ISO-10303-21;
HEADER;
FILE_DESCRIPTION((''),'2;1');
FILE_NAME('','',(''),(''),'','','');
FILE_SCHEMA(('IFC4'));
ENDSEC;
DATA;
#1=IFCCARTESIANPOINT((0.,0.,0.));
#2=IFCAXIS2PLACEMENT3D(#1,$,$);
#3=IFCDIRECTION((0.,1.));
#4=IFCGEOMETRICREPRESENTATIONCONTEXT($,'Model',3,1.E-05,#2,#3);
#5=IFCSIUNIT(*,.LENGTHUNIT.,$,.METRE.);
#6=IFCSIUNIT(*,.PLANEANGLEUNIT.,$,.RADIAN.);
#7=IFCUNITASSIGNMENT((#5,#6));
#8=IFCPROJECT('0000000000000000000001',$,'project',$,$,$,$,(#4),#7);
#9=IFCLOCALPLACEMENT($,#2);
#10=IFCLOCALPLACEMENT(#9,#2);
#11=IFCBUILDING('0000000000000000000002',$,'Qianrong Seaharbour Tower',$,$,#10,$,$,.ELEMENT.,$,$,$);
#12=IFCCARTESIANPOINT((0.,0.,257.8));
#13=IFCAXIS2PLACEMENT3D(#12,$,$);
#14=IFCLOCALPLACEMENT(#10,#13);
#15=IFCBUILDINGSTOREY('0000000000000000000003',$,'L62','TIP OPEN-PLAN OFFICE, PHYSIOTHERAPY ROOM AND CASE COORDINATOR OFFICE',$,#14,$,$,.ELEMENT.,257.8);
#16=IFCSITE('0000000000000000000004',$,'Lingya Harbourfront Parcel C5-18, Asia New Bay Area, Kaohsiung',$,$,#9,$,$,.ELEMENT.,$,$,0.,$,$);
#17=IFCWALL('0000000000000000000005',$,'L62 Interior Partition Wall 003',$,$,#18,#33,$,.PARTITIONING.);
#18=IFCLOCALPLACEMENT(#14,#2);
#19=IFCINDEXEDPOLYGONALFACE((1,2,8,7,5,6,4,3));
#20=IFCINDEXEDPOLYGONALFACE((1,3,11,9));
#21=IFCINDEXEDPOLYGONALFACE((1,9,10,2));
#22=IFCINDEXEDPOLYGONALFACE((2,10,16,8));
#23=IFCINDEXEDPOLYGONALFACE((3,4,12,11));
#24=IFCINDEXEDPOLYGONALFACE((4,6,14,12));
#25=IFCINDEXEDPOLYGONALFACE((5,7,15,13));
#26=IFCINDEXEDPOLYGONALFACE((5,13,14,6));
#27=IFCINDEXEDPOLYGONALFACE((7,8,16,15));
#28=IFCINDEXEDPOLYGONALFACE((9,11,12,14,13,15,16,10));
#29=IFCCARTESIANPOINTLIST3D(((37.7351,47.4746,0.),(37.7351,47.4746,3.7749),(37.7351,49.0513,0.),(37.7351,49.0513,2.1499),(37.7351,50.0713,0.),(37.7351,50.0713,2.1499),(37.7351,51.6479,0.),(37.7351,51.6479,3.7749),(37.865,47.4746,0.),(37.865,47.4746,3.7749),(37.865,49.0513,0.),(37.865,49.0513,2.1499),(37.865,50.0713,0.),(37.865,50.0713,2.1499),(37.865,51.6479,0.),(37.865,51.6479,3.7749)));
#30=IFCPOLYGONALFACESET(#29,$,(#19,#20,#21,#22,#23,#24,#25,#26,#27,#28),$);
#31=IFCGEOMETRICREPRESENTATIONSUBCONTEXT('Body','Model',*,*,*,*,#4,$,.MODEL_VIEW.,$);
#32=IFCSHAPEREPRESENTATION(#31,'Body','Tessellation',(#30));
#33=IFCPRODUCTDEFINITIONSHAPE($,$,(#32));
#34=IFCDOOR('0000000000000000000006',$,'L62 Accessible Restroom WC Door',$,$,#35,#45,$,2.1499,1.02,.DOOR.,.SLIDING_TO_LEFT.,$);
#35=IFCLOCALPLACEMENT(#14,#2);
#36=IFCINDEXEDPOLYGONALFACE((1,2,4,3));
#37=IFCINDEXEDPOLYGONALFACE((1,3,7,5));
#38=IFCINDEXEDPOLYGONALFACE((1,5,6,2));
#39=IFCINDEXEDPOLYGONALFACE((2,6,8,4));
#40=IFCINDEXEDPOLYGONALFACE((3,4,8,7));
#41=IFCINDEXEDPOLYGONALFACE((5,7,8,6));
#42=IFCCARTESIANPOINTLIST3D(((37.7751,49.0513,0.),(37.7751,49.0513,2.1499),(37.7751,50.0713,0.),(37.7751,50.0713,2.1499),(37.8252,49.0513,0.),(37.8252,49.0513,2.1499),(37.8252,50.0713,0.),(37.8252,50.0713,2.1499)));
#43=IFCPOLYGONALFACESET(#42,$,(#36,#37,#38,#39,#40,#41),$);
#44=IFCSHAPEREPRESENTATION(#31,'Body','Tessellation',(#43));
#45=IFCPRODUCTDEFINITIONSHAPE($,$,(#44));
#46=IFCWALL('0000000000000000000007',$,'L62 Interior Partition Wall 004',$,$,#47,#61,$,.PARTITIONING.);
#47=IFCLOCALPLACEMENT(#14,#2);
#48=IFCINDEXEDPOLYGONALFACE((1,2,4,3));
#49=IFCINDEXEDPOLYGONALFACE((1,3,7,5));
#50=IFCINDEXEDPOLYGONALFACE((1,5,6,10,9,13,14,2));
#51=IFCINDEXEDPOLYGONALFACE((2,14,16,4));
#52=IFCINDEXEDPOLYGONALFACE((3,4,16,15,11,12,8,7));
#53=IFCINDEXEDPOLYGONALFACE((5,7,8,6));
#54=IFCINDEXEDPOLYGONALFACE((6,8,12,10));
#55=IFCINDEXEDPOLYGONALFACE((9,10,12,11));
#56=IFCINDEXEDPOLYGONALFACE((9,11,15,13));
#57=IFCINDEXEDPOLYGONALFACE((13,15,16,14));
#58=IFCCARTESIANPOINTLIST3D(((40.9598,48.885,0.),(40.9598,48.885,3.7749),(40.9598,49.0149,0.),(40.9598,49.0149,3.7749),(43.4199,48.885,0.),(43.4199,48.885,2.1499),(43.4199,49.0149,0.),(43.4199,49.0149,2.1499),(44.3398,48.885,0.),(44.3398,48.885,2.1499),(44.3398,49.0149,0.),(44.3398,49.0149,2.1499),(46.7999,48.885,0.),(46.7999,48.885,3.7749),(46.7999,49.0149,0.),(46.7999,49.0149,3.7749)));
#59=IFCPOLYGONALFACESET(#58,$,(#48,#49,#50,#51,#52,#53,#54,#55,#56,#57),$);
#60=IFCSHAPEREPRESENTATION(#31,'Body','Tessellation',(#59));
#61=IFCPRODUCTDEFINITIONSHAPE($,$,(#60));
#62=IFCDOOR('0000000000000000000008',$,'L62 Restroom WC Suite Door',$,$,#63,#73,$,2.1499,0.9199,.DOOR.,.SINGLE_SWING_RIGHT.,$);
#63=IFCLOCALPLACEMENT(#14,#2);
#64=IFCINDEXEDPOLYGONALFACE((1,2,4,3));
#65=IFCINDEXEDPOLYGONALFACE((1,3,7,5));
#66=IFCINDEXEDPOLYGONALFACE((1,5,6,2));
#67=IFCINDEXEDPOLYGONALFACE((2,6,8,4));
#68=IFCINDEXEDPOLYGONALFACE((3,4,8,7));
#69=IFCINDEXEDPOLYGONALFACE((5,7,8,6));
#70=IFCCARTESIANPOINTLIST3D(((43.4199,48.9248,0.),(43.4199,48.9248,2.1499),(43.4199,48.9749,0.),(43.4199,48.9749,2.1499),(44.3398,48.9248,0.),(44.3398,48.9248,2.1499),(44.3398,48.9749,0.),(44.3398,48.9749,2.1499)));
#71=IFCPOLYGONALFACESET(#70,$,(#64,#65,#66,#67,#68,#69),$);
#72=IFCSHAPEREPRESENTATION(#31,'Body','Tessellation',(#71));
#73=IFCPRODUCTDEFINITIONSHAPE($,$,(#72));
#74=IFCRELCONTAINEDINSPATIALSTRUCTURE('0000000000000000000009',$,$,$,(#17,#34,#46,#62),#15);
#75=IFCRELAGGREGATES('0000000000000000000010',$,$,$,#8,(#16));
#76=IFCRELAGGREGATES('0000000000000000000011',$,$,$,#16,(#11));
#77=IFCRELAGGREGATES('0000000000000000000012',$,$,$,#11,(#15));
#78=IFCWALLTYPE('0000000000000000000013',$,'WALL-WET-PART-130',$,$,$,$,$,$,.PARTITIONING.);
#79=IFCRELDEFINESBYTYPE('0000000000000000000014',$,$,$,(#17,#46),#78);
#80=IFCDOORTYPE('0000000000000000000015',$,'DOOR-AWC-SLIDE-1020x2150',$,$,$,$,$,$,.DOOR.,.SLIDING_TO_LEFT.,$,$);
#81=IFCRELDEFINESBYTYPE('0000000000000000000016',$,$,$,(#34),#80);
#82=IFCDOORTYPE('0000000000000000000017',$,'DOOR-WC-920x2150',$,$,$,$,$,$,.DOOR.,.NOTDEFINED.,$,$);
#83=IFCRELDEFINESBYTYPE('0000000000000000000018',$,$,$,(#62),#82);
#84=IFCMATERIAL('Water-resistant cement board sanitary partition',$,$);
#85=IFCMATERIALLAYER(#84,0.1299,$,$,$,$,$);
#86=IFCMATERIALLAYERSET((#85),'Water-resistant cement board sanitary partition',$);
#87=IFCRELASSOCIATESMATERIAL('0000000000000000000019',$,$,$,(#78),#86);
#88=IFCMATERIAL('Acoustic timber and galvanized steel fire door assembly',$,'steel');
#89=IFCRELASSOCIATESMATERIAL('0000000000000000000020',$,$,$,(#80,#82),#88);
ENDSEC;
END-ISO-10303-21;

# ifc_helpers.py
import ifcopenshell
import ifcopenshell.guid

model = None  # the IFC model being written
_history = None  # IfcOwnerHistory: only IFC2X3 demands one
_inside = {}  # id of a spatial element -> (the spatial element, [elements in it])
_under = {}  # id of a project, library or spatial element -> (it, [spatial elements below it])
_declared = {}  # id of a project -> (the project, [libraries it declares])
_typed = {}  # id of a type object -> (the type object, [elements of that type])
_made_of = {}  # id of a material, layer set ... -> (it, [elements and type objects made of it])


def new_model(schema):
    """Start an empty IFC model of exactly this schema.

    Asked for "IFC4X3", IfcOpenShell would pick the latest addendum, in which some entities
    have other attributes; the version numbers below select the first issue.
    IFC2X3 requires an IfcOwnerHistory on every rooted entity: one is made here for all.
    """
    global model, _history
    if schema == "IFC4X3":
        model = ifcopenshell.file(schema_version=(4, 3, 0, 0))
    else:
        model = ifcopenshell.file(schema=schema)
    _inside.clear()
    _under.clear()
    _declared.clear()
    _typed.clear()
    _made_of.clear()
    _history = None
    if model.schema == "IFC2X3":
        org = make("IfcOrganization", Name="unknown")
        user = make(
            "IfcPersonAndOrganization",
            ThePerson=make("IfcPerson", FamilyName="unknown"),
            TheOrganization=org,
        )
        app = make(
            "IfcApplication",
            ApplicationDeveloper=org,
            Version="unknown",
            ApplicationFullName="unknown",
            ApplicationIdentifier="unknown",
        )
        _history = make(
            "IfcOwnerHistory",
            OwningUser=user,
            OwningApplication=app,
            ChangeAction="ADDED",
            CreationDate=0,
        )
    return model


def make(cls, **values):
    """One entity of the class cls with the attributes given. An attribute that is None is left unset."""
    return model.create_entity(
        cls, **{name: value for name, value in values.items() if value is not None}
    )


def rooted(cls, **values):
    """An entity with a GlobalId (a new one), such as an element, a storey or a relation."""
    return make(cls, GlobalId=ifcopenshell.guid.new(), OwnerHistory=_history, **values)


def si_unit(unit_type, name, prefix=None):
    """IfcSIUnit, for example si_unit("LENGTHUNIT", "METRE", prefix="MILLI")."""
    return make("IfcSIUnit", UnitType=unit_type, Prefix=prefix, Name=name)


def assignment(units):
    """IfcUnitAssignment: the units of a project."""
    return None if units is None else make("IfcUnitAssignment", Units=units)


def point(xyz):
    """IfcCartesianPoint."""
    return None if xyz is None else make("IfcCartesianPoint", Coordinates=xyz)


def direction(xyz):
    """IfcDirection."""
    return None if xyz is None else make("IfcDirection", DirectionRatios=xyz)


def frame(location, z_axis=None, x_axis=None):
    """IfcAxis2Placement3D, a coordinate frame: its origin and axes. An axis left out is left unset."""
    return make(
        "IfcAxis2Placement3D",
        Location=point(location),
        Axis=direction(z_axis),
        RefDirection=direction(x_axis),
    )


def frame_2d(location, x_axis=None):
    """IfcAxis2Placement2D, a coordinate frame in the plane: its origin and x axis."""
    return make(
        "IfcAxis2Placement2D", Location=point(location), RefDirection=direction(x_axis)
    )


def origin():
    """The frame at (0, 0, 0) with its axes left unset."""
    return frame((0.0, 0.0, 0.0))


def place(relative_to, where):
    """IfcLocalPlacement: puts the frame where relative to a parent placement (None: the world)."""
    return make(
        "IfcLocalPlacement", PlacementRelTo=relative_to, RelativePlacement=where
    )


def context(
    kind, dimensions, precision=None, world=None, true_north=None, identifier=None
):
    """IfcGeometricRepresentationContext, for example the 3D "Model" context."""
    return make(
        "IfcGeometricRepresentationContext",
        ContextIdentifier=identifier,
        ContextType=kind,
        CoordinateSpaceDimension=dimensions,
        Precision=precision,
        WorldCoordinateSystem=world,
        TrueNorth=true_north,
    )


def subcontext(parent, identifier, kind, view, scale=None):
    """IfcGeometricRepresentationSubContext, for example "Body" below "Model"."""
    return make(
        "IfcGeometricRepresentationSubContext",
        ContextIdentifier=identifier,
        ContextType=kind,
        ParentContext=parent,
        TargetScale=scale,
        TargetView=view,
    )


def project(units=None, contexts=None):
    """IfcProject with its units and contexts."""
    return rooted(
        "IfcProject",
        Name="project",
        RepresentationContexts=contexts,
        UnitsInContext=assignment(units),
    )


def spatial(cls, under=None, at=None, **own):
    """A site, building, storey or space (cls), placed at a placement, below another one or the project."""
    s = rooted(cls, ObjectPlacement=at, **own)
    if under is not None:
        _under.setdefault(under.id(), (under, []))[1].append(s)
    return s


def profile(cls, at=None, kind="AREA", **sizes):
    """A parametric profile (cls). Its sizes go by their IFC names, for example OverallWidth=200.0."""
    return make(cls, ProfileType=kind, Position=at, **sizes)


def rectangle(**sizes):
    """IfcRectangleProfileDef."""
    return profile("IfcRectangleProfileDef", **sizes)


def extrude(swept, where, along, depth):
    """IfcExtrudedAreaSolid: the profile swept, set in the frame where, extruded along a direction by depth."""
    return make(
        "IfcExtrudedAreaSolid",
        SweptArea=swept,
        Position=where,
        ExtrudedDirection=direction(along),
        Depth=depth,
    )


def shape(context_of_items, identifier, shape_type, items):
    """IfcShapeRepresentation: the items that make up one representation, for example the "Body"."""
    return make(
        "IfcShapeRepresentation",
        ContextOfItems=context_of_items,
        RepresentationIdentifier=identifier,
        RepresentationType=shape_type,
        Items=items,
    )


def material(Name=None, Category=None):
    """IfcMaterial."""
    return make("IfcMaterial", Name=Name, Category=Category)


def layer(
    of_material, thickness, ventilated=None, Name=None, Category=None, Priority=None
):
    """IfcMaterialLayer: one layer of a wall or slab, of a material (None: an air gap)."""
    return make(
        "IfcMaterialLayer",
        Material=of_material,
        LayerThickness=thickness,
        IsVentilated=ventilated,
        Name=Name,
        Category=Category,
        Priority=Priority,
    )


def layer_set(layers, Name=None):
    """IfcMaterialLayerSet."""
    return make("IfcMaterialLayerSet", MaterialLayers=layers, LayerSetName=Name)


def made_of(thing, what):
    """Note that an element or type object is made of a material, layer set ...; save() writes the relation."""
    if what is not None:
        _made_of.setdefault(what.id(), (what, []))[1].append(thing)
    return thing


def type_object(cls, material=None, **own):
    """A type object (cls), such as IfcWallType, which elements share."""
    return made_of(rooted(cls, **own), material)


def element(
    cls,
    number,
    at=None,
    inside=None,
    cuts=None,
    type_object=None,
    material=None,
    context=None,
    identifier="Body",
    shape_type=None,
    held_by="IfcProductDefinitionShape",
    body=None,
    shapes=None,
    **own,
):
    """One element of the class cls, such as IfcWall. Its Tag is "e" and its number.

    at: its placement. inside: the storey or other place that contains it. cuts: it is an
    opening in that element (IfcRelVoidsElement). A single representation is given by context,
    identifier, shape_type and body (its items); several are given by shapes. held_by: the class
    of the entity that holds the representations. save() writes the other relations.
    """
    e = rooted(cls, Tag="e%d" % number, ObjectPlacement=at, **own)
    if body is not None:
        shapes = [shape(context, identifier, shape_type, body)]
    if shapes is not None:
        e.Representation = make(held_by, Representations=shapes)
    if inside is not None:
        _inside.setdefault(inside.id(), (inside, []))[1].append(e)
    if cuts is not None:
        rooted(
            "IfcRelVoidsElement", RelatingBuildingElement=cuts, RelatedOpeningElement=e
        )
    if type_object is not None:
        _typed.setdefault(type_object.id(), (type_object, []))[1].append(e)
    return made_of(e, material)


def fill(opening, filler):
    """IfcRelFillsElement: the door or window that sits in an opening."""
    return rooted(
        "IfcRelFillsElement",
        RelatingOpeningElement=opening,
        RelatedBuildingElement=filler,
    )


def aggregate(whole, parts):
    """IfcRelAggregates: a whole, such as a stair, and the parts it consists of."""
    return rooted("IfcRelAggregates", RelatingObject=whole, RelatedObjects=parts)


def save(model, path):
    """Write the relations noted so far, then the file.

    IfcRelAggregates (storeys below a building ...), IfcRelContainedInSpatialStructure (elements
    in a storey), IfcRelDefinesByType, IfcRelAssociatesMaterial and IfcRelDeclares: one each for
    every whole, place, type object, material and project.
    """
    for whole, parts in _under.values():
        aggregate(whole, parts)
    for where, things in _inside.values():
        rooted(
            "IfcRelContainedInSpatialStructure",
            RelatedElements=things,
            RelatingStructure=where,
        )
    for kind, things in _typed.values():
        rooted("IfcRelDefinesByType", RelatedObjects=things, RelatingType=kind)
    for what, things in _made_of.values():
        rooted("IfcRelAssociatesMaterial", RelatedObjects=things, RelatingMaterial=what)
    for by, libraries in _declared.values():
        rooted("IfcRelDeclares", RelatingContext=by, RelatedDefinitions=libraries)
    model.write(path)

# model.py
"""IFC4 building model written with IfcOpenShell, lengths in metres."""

from ifc_helpers import new_model, si_unit, direction, frame, frame_2d, origin, place, context, subcontext, project, spatial, rectangle, extrude, material, layer, layer_set, type_object, element, fill, save


model = new_model("IFC4")

# Units and contexts
model_context = context("Model", 3, precision=1e-05, world=origin(), true_north=direction((0.0, 1.0)))
body_context = subcontext(model_context, "Body", "Model", "MODEL_VIEW")
ifc_project = project(units=[si_unit("LENGTHUNIT", "METRE"), si_unit("PLANEANGLEUNIT", "RADIAN")], contexts=[model_context])

# Site, building, storey
site_placement = place(None, origin())
site = spatial("IfcSite", under=ifc_project, at=site_placement, Name="Lingya Harbourfront Parcel C5-18, Asia New Bay Area, Kaohsiung", CompositionType="ELEMENT", RefElevation=0.0)
building_placement = place(site_placement, origin())
building = spatial("IfcBuilding", under=site, at=building_placement, Name="Qianrong Seaharbour Tower", CompositionType="ELEMENT")
storey_placement = place(building_placement, frame((0.0, 0.0, 257.8)))
storey = spatial("IfcBuildingStorey", under=building, at=storey_placement, Name="L62", Description="TIP OPEN-PLAN OFFICE, PHYSIOTHERAPY ROOM AND CASE COORDINATOR OFFICE", CompositionType="ELEMENT", Elevation=257.8)

# Shared definitions
ifc_material_1 = material(Name="Acoustic timber and galvanized steel fire door assembly", Category="steel")

# Walls, openings, doors
ifc_material_2 = material(Name="Water-resistant cement board sanitary partition")
ifc_layer_1 = layer(ifc_material_2, 0.1299)
ifc_layer_set_1 = layer_set([ifc_layer_1], Name="Water-resistant cement board sanitary partition")
wall_type_1 = type_object("IfcWallType", Name="WALL-WET-PART-130", PredefinedType="PARTITIONING", material=ifc_layer_set_1)
wall_1_placement = place(storey_placement, frame((37.8, 47.4746, 0.0), z_axis=(0.0, 0.0, 1.0), x_axis=(0.0, 1.0, 0.0)))
wall_1 = element("IfcWall", 1, at=wall_1_placement, inside=storey, type_object=wall_type_1, Name="L62 Interior Partition Wall 003", PredefinedType="PARTITIONING", context=body_context, shape_type="SweptSolid", body=[
    extrude(rectangle(XDim=4.1733, YDim=0.1299, at=frame_2d((2.0867, 0.0))), origin(), (0.0, 0.0, 1.0), 3.7749),
])
opening_1_placement = place(wall_1_placement, frame((1.5767, 0.0, 0.0)))
opening_1 = element("IfcOpeningElement", 2, at=opening_1_placement, cuts=wall_1, PredefinedType="OPENING", context=body_context, shape_type="SweptSolid", body=[
    extrude(rectangle(XDim=1.02, YDim=2.1499, at=frame_2d((0.51, 1.075))), frame((0.0, 0.075, 0.0), z_axis=(0.0, -1.0, 0.0), x_axis=(1.0, 0.0, 0.0)), (0.0, 0.0, 1.0), 0.1499),
])
door_type_1 = type_object("IfcDoorType", Name="DOOR-AWC-SLIDE-1020x2150", OperationType="SLIDING_TO_LEFT", PredefinedType="DOOR", material=ifc_material_1)
door_1_placement = place(opening_1_placement, origin())
door_1 = element("IfcDoor", 3, at=door_1_placement, inside=storey, type_object=door_type_1, Name="L62 Accessible Restroom WC Door", OperationType="SLIDING_TO_LEFT", OverallHeight=2.1499, OverallWidth=1.02, PredefinedType="DOOR", context=body_context, shape_type="SweptSolid", body=[
    extrude(rectangle(XDim=1.02, YDim=2.1499, at=frame_2d((0.51, 1.075))), frame((0.0, 0.0249, 0.0), z_axis=(0.0, -1.0, 0.0), x_axis=(1.0, 0.0, 0.0)), (0.0, 0.0, 1.0), 0.05),
])
fill(opening_1, door_1)
wall_2_placement = place(storey_placement, frame((40.96, 48.95, 0.0), z_axis=(0.0, 0.0, 1.0), x_axis=(1.0, 0.0, 0.0)))
wall_2 = element("IfcWall", 4, at=wall_2_placement, inside=storey, type_object=wall_type_1, Name="L62 Interior Partition Wall 004", PredefinedType="PARTITIONING", context=body_context, shape_type="SweptSolid", body=[
    extrude(rectangle(XDim=5.8401, YDim=0.1299, at=frame_2d((2.9199, 0.0))), origin(), (0.0, 0.0, 1.0), 3.7749),
])
opening_2_placement = place(wall_2_placement, frame((2.46, 0.0, 0.0)))
opening_2 = element("IfcOpeningElement", 5, at=opening_2_placement, cuts=wall_2, PredefinedType="OPENING", context=body_context, shape_type="SweptSolid", body=[
    extrude(rectangle(XDim=0.9199, YDim=2.1499, at=frame_2d((0.46, 1.075))), frame((0.0, 0.075, 0.0), z_axis=(0.0, -1.0, 0.0), x_axis=(1.0, 0.0, 0.0)), (0.0, 0.0, 1.0), 0.1499),
])
door_type_2 = type_object("IfcDoorType", Name="DOOR-WC-920x2150", OperationType="NOTDEFINED", PredefinedType="DOOR", material=ifc_material_1)
door_2_placement = place(opening_2_placement, origin())
door_2 = element("IfcDoor", 6, at=door_2_placement, inside=storey, type_object=door_type_2, Name="L62 Restroom WC Suite Door", OperationType="SINGLE_SWING_RIGHT", OverallHeight=2.1499, OverallWidth=0.9199, PredefinedType="DOOR", context=body_context, shape_type="SweptSolid", body=[
    extrude(rectangle(XDim=0.9199, YDim=2.1499, at=frame_2d((0.46, 1.075))), frame((0.0, 0.0249, 0.0), z_axis=(0.0, -1.0, 0.0), x_axis=(1.0, 0.0, 0.0)), (0.0, 0.0, 1.0), 0.05),
])
fill(opening_2, door_2)

save(model, "model.ifc")
